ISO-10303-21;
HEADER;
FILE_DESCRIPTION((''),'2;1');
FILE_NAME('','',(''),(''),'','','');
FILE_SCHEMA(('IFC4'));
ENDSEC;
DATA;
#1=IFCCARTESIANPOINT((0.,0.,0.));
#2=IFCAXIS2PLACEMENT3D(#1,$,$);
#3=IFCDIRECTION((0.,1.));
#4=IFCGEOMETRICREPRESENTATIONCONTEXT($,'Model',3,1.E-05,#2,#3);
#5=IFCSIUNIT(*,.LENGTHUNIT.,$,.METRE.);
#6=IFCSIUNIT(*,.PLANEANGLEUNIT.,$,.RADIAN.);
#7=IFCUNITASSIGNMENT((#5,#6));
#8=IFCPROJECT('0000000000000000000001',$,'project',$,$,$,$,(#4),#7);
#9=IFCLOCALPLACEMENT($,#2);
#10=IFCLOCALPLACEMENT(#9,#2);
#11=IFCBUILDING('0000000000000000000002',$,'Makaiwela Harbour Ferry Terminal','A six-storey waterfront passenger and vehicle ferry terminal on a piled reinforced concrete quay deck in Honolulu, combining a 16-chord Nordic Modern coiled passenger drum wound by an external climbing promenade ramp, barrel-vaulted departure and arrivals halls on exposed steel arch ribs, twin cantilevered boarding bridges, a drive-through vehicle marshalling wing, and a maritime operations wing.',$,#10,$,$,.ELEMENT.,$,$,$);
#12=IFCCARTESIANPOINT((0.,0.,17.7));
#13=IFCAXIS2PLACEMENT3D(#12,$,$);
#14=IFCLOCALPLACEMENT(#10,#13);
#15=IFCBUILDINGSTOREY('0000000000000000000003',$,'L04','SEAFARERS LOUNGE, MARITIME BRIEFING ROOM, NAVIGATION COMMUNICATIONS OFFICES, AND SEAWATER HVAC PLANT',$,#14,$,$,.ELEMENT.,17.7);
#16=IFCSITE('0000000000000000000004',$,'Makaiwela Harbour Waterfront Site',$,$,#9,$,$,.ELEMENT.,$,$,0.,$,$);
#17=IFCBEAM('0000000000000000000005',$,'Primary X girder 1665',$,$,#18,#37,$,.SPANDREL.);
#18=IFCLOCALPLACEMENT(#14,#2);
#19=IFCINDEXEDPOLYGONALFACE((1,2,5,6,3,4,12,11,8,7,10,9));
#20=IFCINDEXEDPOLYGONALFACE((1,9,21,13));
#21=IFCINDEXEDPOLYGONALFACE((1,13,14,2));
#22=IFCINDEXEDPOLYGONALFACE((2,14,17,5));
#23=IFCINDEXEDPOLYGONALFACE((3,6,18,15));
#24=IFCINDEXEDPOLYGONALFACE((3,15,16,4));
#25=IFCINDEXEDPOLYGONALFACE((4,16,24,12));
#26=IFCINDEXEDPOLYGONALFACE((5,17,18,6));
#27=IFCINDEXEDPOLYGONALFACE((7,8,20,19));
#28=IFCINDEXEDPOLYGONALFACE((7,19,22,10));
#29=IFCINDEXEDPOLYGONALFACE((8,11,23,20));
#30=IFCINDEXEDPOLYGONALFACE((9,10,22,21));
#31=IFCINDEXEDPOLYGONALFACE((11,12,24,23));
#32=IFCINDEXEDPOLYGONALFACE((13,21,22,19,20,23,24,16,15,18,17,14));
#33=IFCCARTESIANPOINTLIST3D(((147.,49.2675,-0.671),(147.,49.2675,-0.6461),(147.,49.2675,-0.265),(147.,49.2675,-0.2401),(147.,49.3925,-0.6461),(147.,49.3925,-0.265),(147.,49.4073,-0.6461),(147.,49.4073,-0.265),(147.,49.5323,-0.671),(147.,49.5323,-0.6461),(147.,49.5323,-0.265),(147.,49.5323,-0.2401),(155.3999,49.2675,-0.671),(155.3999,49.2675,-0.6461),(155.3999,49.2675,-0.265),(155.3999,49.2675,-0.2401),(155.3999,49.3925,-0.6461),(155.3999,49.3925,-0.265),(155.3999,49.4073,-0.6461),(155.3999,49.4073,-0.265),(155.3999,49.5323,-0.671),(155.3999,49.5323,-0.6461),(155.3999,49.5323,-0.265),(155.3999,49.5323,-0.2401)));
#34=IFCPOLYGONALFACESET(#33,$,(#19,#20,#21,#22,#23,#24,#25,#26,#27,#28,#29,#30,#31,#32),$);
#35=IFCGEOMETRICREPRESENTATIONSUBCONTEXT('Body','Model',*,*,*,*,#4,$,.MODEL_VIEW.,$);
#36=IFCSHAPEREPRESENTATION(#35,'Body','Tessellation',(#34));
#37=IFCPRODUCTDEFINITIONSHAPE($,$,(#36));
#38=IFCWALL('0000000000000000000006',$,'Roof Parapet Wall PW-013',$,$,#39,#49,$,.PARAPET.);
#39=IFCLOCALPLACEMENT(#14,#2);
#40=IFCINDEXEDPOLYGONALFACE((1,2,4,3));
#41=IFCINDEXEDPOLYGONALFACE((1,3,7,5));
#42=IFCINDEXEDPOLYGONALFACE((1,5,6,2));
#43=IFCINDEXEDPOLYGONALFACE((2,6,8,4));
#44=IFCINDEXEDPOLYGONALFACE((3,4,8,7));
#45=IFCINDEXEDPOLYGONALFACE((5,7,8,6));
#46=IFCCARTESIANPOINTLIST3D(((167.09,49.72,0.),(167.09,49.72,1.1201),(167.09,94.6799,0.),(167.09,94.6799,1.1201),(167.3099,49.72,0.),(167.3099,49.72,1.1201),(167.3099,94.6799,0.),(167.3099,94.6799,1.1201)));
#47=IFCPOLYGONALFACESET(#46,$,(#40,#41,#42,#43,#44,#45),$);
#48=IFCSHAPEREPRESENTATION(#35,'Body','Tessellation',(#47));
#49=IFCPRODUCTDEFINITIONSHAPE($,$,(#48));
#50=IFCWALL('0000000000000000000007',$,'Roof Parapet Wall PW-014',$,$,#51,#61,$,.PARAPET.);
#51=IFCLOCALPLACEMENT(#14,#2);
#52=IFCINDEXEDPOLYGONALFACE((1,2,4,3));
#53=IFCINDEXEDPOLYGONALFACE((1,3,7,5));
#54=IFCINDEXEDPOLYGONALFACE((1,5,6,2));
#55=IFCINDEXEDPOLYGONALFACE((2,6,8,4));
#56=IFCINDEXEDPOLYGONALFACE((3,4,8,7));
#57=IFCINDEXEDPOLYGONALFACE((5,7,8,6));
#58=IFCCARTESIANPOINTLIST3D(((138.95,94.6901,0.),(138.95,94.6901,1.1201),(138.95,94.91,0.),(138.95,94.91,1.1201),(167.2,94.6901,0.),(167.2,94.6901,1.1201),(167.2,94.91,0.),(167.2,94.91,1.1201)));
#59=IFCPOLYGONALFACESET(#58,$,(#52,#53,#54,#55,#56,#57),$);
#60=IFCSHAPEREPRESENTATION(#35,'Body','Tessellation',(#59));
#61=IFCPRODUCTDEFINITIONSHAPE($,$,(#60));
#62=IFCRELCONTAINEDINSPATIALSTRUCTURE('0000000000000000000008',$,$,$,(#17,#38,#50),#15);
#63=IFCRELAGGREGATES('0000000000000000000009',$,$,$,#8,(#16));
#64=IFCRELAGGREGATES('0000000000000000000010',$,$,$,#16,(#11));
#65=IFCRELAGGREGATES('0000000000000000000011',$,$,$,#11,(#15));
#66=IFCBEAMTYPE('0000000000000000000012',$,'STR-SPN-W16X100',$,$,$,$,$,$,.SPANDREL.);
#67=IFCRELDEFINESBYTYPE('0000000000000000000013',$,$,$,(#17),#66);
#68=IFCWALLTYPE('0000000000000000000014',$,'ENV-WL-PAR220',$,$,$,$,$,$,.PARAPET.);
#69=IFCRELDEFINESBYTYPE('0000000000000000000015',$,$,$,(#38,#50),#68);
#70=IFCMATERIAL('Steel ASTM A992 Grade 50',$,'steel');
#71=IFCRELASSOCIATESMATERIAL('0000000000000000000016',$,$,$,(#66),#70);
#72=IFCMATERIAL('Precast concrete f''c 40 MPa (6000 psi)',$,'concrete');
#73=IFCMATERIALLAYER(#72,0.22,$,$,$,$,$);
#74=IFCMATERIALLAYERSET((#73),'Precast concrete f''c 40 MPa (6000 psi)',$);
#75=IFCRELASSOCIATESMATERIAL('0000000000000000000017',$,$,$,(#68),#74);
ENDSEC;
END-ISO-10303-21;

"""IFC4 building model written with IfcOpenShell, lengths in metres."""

from ifc_helpers import new_model, si_unit, direction, frame, frame_2d, origin, origin_2d, place, context, subcontext, project, spatial, rectangle, i_section, extrude, material, layer, layer_set, material_profile, profile_set, type_object, element, save


model = new_model("IFC4")

# Units and contexts
model_context = context("Model", 3, precision=1e-05, world=origin(), true_north=direction((0.0, 1.0)))
body_context = subcontext(model_context, "Body", "Model", "MODEL_VIEW")
ifc_project = project(units=[si_unit("LENGTHUNIT", "METRE"), si_unit("PLANEANGLEUNIT", "RADIAN")], contexts=[model_context])

# Site, building, storey
site_placement = place(None, origin())
site = spatial("IfcSite", under=ifc_project, at=site_placement, Name="Makaiwela Harbour Waterfront Site", CompositionType="ELEMENT", RefElevation=0.0)
building_placement = place(site_placement, origin())
building = spatial("IfcBuilding", under=site, at=building_placement, Name="Makaiwela Harbour Ferry Terminal", Description="A six-storey waterfront passenger and vehicle ferry terminal on a piled reinforced concrete quay deck in Honolulu, combining a 16-chord Nordic Modern coiled passenger drum wound by an external climbing promenade ramp, barrel-vaulted departure and arrivals halls on exposed steel arch ribs, twin cantilevered boarding bridges, a drive-through vehicle marshalling wing, and a maritime operations wing.", CompositionType="ELEMENT")
storey_placement = place(building_placement, frame((0.0, 0.0, 17.7)))
storey = spatial("IfcBuildingStorey", under=building, at=storey_placement, Name="L04", Description="SEAFARERS LOUNGE, MARITIME BRIEFING ROOM, NAVIGATION COMMUNICATIONS OFFICES, AND SEAWATER HVAC PLANT", CompositionType="ELEMENT", Elevation=17.7)

# Beam
ifc_material_1 = material(Name="Steel ASTM A992 Grade 50", Category="steel")
ifc_material_profile_1 = material_profile(ifc_material_1, i_section(OverallWidth=0.2649, OverallDepth=0.4309, WebThickness=0.0149, FlangeThickness=0.0249, at=origin_2d()), Name="W16X100")
ifc_profile_set_1 = profile_set([ifc_material_profile_1], Name="Steel ASTM A992 Grade 50")
beam_type_1 = type_object("IfcBeamType", Name="STR-SPN-W16X100", PredefinedType="SPANDREL", material=ifc_profile_set_1)
beam_1_placement = place(storey_placement, frame((147.0, 49.3999, -0.4556), z_axis=(1.0, 0.0, 0.0), x_axis=(0.0, 1.0, 0.0)))
element("IfcBeam", 1, at=beam_1_placement, inside=storey, type_object=beam_type_1, Name="Primary X girder 1665", PredefinedType="SPANDREL", context=body_context, shape_type="SweptSolid", body=[
    extrude(i_section(OverallWidth=0.2649, OverallDepth=0.4309, WebThickness=0.0149, FlangeThickness=0.0249, at=origin_2d()), origin(), (0.0, 0.0, 1.0), 8.3999),
])

# Walls
ifc_material_2 = material(Name="Precast concrete f'c 40 MPa (6000 psi)", Category="concrete")
ifc_layer = layer(ifc_material_2, 0.22)
ifc_layer_set = layer_set([ifc_layer], Name="Precast concrete f'c 40 MPa (6000 psi)")
wall_type = type_object("IfcWallType", Name="ENV-WL-PAR220", PredefinedType="PARAPET", material=ifc_layer_set)
wall_1_placement = place(storey_placement, frame((167.2, 49.72, 0.0), z_axis=(0.0, 0.0, 1.0), x_axis=(0.0, 1.0, 0.0)))
element("IfcWall", 2, at=wall_1_placement, inside=storey, type_object=wall_type, Name="Roof Parapet Wall PW-013", PredefinedType="PARAPET", context=body_context, shape_type="SweptSolid", body=[
    extrude(rectangle(XDim=44.96, YDim=0.22, at=frame_2d((22.48, 0.0))), origin(), (0.0, 0.0, 1.0), 1.1201),
])
wall_2_placement = place(storey_placement, frame((167.2, 94.8, 0.0), z_axis=(0.0, 0.0, 1.0), x_axis=(-1.0, 0.0, 0.0)))
element("IfcWall", 3, at=wall_2_placement, inside=storey, type_object=wall_type, Name="Roof Parapet Wall PW-014", PredefinedType="PARAPET", context=body_context, shape_type="SweptSolid", body=[
    extrude(rectangle(XDim=28.25, YDim=0.22, at=frame_2d((14.125, 0.0))), origin(), (0.0, 0.0, 1.0), 1.1201),
])

save(model, "model.ifc")
